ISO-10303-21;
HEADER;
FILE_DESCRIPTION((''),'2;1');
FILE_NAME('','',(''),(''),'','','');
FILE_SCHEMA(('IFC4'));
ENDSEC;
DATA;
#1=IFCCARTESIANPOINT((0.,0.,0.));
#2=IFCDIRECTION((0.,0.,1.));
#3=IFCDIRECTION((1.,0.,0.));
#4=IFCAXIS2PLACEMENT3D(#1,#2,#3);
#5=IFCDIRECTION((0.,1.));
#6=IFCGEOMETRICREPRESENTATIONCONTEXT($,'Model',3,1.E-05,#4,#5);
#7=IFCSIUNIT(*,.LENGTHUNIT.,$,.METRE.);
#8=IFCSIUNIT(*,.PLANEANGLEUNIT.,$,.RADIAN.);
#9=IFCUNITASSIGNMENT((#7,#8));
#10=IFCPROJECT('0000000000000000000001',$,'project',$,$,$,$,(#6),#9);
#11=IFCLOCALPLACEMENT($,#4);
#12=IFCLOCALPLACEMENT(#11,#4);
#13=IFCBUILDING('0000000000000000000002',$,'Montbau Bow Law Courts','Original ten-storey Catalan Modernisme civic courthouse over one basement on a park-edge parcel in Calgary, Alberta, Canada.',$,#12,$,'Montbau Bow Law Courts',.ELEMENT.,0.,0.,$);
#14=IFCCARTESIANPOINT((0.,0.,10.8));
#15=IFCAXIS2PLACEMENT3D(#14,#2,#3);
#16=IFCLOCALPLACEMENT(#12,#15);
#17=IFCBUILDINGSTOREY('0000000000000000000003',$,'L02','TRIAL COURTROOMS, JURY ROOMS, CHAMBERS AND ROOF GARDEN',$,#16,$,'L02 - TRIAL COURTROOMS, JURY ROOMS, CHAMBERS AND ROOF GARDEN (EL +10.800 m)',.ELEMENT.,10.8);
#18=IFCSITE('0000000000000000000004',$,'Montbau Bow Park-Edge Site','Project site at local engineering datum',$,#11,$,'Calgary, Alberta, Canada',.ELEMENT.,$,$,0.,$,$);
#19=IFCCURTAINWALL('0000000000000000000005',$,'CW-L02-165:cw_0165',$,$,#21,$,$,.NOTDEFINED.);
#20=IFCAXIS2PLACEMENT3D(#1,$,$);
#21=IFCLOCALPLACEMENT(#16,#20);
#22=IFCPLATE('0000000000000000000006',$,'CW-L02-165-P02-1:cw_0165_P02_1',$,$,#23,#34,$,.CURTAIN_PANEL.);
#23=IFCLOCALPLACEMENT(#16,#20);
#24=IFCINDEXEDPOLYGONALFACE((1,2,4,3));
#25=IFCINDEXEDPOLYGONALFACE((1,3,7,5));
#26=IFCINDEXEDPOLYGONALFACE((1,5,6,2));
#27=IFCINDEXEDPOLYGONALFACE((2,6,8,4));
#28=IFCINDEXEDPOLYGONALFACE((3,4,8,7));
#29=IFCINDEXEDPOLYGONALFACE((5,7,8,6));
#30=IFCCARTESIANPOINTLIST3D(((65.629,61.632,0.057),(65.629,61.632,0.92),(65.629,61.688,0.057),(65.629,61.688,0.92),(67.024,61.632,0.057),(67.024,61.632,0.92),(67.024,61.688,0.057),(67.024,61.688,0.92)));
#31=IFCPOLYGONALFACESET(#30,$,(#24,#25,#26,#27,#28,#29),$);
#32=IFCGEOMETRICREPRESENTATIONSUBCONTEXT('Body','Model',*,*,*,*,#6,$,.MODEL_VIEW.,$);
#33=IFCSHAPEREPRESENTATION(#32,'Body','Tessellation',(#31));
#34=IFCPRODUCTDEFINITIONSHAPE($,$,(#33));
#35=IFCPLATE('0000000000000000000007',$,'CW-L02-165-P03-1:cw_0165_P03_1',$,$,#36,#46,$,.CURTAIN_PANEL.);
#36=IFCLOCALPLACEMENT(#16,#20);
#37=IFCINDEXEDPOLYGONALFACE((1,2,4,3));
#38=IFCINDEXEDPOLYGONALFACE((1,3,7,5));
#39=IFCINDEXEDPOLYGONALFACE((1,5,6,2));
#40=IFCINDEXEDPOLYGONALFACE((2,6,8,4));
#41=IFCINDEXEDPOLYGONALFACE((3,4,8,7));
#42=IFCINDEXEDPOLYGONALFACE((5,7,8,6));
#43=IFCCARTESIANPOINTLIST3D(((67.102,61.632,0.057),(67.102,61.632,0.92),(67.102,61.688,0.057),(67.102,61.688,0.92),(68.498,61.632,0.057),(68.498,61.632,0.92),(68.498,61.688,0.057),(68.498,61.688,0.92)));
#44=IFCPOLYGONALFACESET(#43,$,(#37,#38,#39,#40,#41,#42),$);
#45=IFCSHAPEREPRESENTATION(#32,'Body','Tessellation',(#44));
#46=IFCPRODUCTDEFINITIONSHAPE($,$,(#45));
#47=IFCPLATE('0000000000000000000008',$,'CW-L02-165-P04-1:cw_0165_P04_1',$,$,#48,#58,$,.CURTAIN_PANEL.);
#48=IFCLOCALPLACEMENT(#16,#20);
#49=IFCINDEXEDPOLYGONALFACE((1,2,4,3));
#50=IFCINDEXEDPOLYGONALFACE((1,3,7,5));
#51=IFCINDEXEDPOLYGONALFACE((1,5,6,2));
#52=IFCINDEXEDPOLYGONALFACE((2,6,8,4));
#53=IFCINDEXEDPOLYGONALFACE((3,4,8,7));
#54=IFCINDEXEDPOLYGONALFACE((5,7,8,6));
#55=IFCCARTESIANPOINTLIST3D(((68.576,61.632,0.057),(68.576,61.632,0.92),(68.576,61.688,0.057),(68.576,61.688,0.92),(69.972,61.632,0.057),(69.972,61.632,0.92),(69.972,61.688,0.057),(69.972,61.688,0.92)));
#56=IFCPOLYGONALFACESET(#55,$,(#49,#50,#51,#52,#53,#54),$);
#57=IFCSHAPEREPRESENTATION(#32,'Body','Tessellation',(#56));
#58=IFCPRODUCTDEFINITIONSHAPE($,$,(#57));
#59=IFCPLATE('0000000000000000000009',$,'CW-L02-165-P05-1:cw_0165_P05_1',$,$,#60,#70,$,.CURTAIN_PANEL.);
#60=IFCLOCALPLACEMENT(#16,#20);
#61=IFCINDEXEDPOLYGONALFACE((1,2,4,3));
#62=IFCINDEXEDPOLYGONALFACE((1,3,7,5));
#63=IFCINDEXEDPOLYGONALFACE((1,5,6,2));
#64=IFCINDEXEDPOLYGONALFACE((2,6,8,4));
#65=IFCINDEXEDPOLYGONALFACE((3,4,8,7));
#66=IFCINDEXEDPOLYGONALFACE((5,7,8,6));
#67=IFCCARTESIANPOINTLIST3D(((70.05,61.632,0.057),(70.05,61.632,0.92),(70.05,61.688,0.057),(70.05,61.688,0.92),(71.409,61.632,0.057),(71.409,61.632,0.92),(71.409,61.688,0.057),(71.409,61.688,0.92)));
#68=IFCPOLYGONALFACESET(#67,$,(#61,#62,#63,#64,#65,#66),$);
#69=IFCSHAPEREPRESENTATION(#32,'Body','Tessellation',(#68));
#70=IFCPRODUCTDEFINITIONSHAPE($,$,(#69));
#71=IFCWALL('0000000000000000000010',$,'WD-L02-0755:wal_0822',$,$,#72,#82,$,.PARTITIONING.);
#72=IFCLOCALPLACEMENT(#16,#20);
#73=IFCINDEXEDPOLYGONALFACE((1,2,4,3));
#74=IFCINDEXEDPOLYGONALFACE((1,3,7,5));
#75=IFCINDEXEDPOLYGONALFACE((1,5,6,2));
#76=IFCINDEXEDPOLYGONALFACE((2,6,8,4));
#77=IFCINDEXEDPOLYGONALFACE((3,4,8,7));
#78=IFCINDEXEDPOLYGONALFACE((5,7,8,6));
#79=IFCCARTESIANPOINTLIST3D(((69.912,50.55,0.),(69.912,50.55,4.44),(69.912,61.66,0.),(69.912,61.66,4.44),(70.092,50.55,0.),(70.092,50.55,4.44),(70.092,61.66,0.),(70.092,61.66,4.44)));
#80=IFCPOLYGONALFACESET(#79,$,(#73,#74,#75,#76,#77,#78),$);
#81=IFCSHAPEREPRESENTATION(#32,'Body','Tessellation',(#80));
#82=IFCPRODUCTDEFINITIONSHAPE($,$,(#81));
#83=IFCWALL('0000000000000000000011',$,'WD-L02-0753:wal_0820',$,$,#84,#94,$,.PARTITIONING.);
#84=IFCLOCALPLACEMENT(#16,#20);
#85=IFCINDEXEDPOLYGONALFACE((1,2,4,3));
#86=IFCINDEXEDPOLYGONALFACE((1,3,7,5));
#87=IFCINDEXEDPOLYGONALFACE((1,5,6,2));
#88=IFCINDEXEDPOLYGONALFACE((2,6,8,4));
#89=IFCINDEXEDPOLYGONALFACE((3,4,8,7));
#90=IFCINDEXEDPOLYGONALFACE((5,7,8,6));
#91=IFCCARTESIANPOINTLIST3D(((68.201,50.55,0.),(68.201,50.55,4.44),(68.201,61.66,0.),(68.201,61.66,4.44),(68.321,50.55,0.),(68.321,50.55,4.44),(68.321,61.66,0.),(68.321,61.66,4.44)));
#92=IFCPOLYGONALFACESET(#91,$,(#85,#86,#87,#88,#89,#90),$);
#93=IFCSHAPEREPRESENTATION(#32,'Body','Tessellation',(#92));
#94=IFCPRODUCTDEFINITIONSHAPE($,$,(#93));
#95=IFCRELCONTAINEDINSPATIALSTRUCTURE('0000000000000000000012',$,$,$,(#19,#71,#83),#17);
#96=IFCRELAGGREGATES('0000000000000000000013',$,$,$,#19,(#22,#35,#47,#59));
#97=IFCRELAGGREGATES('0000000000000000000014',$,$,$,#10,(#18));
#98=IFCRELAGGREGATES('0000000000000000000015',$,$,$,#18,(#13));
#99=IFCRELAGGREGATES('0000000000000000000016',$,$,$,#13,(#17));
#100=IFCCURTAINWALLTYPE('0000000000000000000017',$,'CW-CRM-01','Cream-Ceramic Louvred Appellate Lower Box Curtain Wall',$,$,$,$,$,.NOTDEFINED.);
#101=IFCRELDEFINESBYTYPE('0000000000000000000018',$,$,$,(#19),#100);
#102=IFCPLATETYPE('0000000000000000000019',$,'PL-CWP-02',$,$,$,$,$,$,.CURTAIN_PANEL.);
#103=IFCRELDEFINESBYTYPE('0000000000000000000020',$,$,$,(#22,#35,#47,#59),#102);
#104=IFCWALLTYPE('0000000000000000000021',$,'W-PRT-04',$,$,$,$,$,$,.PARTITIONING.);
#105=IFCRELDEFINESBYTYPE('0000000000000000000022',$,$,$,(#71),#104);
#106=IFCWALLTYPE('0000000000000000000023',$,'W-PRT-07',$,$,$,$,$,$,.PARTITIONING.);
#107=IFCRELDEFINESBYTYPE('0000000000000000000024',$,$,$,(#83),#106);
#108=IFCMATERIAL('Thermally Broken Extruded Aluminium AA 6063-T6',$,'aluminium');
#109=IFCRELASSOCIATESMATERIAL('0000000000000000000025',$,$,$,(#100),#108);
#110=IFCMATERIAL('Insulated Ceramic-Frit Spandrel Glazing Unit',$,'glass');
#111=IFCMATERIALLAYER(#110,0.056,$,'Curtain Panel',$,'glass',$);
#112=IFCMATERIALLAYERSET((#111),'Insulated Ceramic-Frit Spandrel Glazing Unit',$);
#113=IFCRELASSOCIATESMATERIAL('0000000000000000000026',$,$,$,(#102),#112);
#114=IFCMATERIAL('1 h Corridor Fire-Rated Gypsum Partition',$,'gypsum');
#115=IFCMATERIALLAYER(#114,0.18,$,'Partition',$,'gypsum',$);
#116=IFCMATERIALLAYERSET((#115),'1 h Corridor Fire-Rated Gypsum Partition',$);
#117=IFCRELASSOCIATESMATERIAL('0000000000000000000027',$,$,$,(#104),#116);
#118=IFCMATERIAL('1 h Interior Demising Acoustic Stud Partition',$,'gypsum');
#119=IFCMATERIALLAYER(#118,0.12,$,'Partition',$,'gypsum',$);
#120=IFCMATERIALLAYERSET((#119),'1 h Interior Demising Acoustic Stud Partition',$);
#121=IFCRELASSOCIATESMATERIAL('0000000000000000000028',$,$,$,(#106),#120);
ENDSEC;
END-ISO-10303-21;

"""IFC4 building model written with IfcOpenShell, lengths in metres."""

from ifc_helpers import new_model, si_unit, direction, frame, frame_2d, origin_with_axes, place, context, subcontext, project, spatial, rectangle, extrude, material, layer, layer_set, type_object, element, aggregate, save


model = new_model("IFC4")

# Units and contexts
model_context = context("Model", 3, precision=1e-05, world=origin_with_axes(), true_north=direction((0.0, 1.0)))
body_context = subcontext(model_context, "Body", "Model", "MODEL_VIEW")
ifc_project = project(units=[si_unit("LENGTHUNIT", "METRE"), si_unit("PLANEANGLEUNIT", "RADIAN")], contexts=[model_context])

# Site, building, storey
site_placement = place(None, origin_with_axes())
site = spatial("IfcSite", under=ifc_project, at=site_placement, Name="Montbau Bow Park-Edge Site", Description="Project site at local engineering datum", LongName="Calgary, Alberta, Canada", CompositionType="ELEMENT", RefElevation=0.0)
building_placement = place(site_placement, origin_with_axes())
building = spatial("IfcBuilding", under=site, at=building_placement, Name="Montbau Bow Law Courts", Description="Original ten-storey Catalan Modernisme civic courthouse over one basement on a park-edge parcel in Calgary, Alberta, Canada.", LongName="Montbau Bow Law Courts", CompositionType="ELEMENT", ElevationOfRefHeight=0.0, ElevationOfTerrain=0.0)
storey_placement = place(building_placement, frame((0.0, 0.0, 10.8), z_axis=(0.0, 0.0, 1.0), x_axis=(1.0, 0.0, 0.0)))
storey = spatial("IfcBuildingStorey", under=building, at=storey_placement, Name="L02", Description="TRIAL COURTROOMS, JURY ROOMS, CHAMBERS AND ROOF GARDEN", LongName="L02 - TRIAL COURTROOMS, JURY ROOMS, CHAMBERS AND ROOF GARDEN (EL +10.800 m)", CompositionType="ELEMENT", Elevation=10.8)

# Curtain wall, plates
ifc_material_1 = material(Name="Thermally Broken Extruded Aluminium AA 6063-T6", Category="aluminium")
curtain_wall_type = type_object("IfcCurtainWallType", Name="CW-CRM-01", Description="Cream-Ceramic Louvred Appellate Lower Box Curtain Wall", PredefinedType="NOTDEFINED", material=ifc_material_1)
curtain_wall_placement = place(None, frame((64.115, 61.66, 10.8), z_axis=(0.0, 0.0, 1.0), x_axis=(1.0, 0.0, 0.0)))
curtain_wall = element("IfcCurtainWall", 1, at=curtain_wall_placement, inside=storey, type_object=curtain_wall_type, Name="CW-L02-165:cw_0165", PredefinedType="NOTDEFINED")
ifc_material_2 = material(Name="Insulated Ceramic-Frit Spandrel Glazing Unit", Category="glass")
ifc_layer_1 = layer(ifc_material_2, 0.056, Name="Curtain Panel", Category="glass")
ifc_layer_set_1 = layer_set([ifc_layer_1], Name="Insulated Ceramic-Frit Spandrel Glazing Unit")
plate_type_1 = type_object("IfcPlateType", Name="PL-CWP-02", PredefinedType="CURTAIN_PANEL", material=ifc_layer_set_1)
plate_1_placement = place(None, frame((65.629, 61.66, 10.857), z_axis=(0.0, -1.0, 0.0), x_axis=(1.0, 0.0, 0.0)))
plate_1 = element("IfcPlate", 2, at=plate_1_placement, type_object=plate_type_1, Name="CW-L02-165-P02-1:cw_0165_P02_1", PredefinedType="CURTAIN_PANEL", context=body_context, shape_type="SweptSolid", body=[
    extrude(rectangle(XDim=1.395, YDim=0.863, at=frame_2d((0.6975, 0.4315), x_axis=(1.0, 0.0))), frame((0.0, 0.0, -0.028), z_axis=(0.0, 0.0, 1.0), x_axis=(1.0, 0.0, 0.0)), (0.0, 0.0, 1.0), 0.056),
])
plate_2_placement = place(None, frame((67.102, 61.66, 10.857), z_axis=(0.0, -1.0, 0.0), x_axis=(1.0, 0.0, 0.0)))
plate_2 = element("IfcPlate", 3, at=plate_2_placement, type_object=plate_type_1, Name="CW-L02-165-P03-1:cw_0165_P03_1", PredefinedType="CURTAIN_PANEL", context=body_context, shape_type="SweptSolid", body=[
    extrude(rectangle(XDim=1.396, YDim=0.863, at=frame_2d((0.698, 0.4315), x_axis=(1.0, 0.0))), frame((0.0, 0.0, -0.028), z_axis=(0.0, 0.0, 1.0), x_axis=(1.0, 0.0, 0.0)), (0.0, 0.0, 1.0), 0.056),
])
plate_3_placement = place(None, frame((68.576, 61.66, 10.857), z_axis=(0.0, -1.0, 0.0), x_axis=(1.0, 0.0, 0.0)))
plate_3 = element("IfcPlate", 4, at=plate_3_placement, type_object=plate_type_1, Name="CW-L02-165-P04-1:cw_0165_P04_1", PredefinedType="CURTAIN_PANEL", context=body_context, shape_type="SweptSolid", body=[
    extrude(rectangle(XDim=1.396, YDim=0.863, at=frame_2d((0.698, 0.4315), x_axis=(1.0, 0.0))), frame((0.0, 0.0, -0.028), z_axis=(0.0, 0.0, 1.0), x_axis=(1.0, 0.0, 0.0)), (0.0, 0.0, 1.0), 0.056),
])
plate_4_placement = place(None, frame((70.05, 61.66, 10.857), z_axis=(0.0, -1.0, 0.0), x_axis=(1.0, 0.0, 0.0)))
plate_4 = element("IfcPlate", 5, at=plate_4_placement, type_object=plate_type_1, Name="CW-L02-165-P05-1:cw_0165_P05_1", PredefinedType="CURTAIN_PANEL", context=body_context, shape_type="SweptSolid", body=[
    extrude(rectangle(XDim=1.359, YDim=0.863, at=frame_2d((0.6795, 0.4315), x_axis=(1.0, 0.0))), frame((0.0, 0.0, -0.028), z_axis=(0.0, 0.0, 1.0), x_axis=(1.0, 0.0, 0.0)), (0.0, 0.0, 1.0), 0.056),
])
aggregate(curtain_wall, [plate_1, plate_2, plate_3, plate_4])

# Walls
ifc_material_3 = material(Name="1 h Corridor Fire-Rated Gypsum Partition", Category="gypsum")
ifc_layer_2 = layer(ifc_material_3, 0.18, Name="Partition", Category="gypsum")
ifc_layer_set_2 = layer_set([ifc_layer_2], Name="1 h Corridor Fire-Rated Gypsum Partition")
wall_type_1 = type_object("IfcWallType", Name="W-PRT-04", PredefinedType="PARTITIONING", material=ifc_layer_set_2)
wall_1_placement = place(None, frame((70.002, 50.55, 10.8), z_axis=(0.0, 0.0, 1.0), x_axis=(0.0, 1.0, 0.0)))
element("IfcWall", 6, at=wall_1_placement, inside=storey, type_object=wall_type_1, Name="WD-L02-0755:wal_0822", PredefinedType="PARTITIONING", context=body_context, shape_type="SweptSolid", body=[
    extrude(rectangle(XDim=11.11, YDim=0.18, at=frame_2d((5.555, 0.0), x_axis=(1.0, 0.0))), origin_with_axes(), (0.0, 0.0, 1.0), 4.44),
])
ifc_material_4 = material(Name="1 h Interior Demising Acoustic Stud Partition", Category="gypsum")
ifc_layer_3 = layer(ifc_material_4, 0.12, Name="Partition", Category="gypsum")
ifc_layer_set_3 = layer_set([ifc_layer_3], Name="1 h Interior Demising Acoustic Stud Partition")
wall_type_2 = type_object("IfcWallType", Name="W-PRT-07", PredefinedType="PARTITIONING", material=ifc_layer_set_3)
wall_2_placement = place(None, frame((68.261, 50.55, 10.8), z_axis=(0.0, 0.0, 1.0), x_axis=(0.0, 1.0, 0.0)))
element("IfcWall", 7, at=wall_2_placement, inside=storey, type_object=wall_type_2, Name="WD-L02-0753:wal_0820", PredefinedType="PARTITIONING", context=body_context, shape_type="SweptSolid", body=[
    extrude(rectangle(XDim=11.11, YDim=0.12, at=frame_2d((5.555, 0.0), x_axis=(1.0, 0.0))), origin_with_axes(), (0.0, 0.0, 1.0), 4.44),
])

save(model, "model.ifc")
